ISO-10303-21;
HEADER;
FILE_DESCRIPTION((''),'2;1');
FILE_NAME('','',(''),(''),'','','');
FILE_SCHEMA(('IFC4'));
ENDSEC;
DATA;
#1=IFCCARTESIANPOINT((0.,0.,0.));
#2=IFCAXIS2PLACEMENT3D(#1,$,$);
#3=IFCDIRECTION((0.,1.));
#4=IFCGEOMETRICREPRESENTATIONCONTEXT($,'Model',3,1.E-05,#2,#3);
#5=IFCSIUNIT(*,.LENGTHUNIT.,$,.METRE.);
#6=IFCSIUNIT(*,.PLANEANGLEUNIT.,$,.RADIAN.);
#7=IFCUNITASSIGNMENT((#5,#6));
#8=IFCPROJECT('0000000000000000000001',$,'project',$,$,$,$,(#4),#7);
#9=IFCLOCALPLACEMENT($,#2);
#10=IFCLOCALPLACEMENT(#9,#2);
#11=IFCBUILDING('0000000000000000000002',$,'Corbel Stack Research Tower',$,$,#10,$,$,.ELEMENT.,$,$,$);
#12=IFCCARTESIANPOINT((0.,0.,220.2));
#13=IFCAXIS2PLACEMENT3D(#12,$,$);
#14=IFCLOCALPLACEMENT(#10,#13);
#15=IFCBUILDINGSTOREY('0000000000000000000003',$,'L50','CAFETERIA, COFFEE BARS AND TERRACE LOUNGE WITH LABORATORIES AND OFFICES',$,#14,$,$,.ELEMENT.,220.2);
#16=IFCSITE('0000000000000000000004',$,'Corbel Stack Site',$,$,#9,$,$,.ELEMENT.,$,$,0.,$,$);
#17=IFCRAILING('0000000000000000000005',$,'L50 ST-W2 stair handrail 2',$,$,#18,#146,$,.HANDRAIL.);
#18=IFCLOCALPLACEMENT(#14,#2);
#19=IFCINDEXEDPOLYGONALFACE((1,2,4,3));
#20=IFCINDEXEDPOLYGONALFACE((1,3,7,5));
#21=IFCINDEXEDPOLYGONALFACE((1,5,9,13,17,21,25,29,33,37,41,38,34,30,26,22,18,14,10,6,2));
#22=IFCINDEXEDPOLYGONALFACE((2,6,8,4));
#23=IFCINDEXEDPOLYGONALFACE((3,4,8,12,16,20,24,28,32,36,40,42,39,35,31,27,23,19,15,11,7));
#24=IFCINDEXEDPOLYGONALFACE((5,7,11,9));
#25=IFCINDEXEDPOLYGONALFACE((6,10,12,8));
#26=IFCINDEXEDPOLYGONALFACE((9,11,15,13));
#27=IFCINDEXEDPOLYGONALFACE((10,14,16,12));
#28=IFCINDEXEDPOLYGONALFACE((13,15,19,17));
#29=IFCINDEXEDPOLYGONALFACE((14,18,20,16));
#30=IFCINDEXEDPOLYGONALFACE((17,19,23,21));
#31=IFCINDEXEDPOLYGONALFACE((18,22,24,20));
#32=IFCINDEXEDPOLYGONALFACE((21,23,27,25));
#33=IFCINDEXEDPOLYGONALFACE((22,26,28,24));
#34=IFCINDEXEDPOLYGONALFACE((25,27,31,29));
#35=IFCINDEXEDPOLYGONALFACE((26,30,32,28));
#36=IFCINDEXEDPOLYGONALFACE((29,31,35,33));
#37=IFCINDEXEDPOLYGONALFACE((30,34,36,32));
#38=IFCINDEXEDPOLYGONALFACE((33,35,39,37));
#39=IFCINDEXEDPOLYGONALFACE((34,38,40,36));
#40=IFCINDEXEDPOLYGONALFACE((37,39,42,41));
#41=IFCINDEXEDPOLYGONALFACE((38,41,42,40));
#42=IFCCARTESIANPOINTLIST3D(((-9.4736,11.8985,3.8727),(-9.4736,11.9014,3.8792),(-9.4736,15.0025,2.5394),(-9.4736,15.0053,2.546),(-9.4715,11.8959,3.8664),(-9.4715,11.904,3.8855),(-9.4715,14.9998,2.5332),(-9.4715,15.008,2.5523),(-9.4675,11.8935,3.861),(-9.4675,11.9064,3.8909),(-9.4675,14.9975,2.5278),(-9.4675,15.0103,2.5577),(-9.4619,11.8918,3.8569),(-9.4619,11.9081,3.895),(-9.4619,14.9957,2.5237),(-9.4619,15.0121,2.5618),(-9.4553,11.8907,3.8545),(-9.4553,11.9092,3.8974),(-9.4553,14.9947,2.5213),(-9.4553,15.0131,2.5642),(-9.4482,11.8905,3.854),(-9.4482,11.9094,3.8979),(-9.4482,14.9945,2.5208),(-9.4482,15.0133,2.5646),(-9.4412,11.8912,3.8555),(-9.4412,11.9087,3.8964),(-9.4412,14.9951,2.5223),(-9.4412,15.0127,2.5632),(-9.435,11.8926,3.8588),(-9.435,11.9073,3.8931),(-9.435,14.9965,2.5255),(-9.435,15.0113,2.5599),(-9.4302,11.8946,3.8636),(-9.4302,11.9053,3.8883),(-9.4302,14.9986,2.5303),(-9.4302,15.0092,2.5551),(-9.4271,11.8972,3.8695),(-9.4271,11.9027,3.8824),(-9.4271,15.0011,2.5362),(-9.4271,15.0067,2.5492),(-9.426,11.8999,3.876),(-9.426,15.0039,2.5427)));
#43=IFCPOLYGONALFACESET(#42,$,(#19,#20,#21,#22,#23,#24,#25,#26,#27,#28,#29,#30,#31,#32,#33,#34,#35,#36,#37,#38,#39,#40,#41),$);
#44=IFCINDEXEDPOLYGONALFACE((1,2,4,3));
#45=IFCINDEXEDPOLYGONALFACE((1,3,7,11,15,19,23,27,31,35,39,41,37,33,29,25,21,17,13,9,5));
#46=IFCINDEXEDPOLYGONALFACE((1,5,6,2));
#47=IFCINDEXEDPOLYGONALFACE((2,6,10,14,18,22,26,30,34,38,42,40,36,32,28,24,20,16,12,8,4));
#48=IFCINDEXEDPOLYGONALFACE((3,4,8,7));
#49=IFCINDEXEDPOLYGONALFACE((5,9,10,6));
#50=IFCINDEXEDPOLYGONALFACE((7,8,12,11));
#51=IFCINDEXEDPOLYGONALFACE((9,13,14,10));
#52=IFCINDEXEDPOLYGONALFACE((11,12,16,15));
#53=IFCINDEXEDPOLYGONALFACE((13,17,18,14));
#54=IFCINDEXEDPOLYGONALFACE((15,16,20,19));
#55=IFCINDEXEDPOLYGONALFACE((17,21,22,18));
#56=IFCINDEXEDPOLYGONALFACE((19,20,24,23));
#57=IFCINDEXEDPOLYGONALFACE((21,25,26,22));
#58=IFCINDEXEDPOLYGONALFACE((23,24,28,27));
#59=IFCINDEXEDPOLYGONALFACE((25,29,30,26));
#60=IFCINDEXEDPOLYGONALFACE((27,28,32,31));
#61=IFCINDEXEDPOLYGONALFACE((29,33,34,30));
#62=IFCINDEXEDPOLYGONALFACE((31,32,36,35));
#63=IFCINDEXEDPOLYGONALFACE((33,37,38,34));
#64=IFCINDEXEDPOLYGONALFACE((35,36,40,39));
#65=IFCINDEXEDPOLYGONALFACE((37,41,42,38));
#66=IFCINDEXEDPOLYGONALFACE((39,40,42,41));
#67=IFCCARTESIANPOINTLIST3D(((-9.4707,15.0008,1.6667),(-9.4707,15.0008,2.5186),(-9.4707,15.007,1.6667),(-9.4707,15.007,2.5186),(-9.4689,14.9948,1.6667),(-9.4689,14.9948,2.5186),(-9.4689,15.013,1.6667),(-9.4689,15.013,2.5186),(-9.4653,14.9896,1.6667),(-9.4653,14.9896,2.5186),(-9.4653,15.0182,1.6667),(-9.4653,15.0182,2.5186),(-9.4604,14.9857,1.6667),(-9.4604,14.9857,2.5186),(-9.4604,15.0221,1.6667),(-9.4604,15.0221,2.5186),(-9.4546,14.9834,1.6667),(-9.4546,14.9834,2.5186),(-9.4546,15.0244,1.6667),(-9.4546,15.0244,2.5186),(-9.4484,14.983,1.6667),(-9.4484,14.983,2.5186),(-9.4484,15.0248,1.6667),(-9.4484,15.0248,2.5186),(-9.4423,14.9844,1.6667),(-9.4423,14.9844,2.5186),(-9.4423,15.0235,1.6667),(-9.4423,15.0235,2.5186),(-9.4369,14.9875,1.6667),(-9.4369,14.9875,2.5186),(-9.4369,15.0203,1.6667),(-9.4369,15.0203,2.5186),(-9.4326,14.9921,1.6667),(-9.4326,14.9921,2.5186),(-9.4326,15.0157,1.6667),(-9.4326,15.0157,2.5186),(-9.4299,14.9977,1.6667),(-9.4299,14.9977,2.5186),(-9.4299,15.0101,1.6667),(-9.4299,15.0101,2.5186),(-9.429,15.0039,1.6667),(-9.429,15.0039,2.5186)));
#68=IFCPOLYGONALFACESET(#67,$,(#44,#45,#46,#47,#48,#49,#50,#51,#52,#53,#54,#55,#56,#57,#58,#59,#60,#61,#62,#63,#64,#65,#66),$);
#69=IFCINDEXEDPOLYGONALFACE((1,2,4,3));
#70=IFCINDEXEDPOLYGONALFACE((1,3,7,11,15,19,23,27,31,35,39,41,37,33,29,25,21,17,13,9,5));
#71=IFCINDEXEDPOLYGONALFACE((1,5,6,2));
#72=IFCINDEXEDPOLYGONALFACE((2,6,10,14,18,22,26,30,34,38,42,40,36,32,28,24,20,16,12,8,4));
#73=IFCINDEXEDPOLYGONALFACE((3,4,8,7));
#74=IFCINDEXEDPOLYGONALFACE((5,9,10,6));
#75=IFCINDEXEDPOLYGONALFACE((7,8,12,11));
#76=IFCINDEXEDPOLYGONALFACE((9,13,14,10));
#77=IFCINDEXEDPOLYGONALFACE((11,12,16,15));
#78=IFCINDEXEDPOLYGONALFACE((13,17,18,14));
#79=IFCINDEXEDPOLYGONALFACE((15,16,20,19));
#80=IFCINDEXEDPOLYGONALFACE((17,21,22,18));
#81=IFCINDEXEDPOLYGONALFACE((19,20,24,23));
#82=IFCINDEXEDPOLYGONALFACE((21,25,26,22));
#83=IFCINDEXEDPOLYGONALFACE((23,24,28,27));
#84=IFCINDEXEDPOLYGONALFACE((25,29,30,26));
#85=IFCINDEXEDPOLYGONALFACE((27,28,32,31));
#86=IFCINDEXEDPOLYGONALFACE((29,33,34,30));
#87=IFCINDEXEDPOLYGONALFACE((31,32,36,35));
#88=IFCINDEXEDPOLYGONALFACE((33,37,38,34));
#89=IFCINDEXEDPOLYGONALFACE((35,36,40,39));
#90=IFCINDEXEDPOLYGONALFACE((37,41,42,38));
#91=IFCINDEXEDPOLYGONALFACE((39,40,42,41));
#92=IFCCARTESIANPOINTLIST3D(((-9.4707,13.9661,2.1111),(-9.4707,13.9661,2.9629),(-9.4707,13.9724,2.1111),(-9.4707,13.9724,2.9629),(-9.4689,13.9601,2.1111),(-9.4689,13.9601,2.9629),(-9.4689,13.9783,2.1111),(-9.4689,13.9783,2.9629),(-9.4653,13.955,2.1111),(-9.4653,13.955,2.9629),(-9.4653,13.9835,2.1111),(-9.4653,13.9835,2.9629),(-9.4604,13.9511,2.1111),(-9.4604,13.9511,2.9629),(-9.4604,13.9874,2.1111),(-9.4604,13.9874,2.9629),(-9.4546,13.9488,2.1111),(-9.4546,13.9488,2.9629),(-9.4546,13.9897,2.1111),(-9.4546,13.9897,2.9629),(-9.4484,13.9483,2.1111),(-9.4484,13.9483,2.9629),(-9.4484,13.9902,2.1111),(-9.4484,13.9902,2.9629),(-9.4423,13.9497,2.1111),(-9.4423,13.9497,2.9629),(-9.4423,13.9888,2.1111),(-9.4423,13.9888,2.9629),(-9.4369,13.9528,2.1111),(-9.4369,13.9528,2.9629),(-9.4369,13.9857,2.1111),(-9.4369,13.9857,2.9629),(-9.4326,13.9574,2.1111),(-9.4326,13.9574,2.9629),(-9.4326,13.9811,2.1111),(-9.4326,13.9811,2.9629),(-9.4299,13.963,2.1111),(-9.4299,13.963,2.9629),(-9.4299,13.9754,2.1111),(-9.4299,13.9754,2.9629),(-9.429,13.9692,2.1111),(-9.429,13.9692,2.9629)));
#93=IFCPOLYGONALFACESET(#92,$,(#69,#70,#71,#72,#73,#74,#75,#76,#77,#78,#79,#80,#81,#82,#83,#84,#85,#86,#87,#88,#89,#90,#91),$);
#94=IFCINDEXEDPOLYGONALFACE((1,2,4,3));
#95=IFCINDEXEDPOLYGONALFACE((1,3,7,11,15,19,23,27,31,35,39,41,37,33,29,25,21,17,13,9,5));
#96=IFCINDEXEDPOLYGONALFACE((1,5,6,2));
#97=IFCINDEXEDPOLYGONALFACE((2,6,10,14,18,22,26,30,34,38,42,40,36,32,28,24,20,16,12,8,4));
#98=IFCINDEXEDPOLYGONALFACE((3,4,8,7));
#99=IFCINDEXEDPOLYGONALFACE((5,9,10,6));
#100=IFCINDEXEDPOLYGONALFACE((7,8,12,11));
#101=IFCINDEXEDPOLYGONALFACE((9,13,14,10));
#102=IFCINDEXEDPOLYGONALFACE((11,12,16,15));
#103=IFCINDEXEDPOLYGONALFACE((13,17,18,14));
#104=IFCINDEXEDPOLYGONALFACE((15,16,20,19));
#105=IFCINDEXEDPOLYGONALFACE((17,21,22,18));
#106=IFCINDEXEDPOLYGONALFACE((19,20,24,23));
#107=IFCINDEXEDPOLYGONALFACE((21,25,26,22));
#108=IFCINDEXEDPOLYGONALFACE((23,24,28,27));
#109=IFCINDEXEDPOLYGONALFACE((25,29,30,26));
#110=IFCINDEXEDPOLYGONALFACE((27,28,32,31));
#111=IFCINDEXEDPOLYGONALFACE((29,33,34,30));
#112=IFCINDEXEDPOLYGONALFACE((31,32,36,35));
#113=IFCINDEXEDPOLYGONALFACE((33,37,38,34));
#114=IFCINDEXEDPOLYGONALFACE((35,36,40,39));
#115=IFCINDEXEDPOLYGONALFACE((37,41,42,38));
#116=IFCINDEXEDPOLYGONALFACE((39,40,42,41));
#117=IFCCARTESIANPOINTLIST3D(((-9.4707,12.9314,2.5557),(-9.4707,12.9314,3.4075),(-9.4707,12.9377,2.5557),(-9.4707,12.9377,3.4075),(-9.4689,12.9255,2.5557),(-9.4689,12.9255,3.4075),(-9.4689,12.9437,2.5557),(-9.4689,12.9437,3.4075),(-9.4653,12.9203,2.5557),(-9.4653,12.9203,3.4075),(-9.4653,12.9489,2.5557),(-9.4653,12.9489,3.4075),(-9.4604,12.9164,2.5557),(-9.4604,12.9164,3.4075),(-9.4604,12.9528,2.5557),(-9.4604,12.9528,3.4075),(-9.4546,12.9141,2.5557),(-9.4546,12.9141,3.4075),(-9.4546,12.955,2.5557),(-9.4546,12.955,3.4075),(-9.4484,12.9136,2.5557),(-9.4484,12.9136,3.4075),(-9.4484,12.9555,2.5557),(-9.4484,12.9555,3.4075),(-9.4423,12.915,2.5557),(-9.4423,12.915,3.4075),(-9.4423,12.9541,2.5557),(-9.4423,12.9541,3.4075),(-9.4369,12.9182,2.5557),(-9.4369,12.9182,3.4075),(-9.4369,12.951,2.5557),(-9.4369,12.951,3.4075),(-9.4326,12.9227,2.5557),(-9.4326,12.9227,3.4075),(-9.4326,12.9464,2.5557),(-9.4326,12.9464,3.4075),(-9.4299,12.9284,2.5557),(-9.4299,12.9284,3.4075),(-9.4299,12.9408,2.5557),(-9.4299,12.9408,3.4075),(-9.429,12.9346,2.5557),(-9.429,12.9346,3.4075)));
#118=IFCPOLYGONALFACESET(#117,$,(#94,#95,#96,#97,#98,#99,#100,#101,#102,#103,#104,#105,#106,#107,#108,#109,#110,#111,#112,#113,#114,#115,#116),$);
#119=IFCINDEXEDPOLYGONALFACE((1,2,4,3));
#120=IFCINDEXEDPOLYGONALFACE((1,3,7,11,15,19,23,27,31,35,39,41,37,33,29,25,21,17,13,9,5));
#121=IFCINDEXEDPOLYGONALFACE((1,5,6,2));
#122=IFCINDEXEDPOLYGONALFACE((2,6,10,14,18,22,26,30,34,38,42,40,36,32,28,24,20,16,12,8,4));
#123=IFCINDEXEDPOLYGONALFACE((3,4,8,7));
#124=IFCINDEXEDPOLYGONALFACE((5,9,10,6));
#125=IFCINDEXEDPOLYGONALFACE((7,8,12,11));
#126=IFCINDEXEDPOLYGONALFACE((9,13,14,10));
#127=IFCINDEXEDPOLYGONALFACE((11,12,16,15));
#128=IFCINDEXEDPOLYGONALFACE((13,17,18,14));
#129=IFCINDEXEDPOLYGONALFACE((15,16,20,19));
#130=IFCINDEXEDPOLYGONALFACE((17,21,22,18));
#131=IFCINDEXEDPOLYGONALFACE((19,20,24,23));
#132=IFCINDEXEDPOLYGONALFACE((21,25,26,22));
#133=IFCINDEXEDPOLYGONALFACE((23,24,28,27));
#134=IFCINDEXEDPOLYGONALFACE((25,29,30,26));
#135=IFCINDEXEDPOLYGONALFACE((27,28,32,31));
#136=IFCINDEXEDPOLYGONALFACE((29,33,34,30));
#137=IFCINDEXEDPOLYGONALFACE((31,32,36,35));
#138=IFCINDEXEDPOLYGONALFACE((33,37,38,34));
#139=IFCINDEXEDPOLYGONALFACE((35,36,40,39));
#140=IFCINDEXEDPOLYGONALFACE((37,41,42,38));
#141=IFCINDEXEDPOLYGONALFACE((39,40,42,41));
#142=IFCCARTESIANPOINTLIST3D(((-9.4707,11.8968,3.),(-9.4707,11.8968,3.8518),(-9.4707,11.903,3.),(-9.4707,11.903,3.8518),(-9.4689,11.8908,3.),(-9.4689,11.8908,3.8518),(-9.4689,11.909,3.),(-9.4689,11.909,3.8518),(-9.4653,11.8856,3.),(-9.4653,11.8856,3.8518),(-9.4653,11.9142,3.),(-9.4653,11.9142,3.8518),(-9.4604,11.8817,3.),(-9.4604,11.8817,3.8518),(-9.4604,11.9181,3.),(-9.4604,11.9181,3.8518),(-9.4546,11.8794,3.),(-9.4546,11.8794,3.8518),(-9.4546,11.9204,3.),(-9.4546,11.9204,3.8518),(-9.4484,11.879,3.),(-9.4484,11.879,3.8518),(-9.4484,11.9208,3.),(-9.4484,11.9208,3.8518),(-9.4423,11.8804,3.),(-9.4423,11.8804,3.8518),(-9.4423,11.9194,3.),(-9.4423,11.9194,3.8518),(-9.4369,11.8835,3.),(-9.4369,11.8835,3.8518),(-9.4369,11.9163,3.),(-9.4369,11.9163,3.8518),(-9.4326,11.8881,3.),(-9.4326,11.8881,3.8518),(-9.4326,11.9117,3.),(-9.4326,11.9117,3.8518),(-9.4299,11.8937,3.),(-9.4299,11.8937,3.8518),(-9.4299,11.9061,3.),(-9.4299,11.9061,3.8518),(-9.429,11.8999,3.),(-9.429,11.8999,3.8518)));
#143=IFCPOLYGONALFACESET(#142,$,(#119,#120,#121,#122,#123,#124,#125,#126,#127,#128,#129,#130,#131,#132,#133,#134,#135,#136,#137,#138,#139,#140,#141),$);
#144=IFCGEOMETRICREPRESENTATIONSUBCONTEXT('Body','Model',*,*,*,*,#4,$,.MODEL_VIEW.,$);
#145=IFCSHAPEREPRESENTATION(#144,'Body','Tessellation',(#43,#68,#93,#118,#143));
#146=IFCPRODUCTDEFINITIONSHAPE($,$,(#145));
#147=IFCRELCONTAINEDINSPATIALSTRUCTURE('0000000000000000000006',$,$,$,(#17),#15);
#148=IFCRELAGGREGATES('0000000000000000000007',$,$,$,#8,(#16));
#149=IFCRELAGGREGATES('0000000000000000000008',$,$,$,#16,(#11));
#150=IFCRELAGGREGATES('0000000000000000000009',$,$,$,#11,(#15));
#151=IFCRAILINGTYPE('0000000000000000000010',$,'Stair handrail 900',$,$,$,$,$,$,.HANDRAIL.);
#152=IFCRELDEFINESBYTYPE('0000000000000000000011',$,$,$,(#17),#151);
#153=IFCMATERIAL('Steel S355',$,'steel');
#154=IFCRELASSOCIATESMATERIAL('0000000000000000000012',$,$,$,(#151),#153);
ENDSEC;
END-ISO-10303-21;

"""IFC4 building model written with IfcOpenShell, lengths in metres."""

from ifc_helpers import new_model, si_unit, direction, frame, origin, origin_2d, place, context, subcontext, project, spatial, circle, extrude, material, type_object, element, save


model = new_model("IFC4")

# Units and contexts
model_context = context("Model", 3, precision=1e-05, world=origin(), true_north=direction((0.0, 1.0)))
body_context = subcontext(model_context, "Body", "Model", "MODEL_VIEW")
ifc_project = project(units=[si_unit("LENGTHUNIT", "METRE"), si_unit("PLANEANGLEUNIT", "RADIAN")], contexts=[model_context])

# Site, building, storey
site_placement = place(None, origin())
site = spatial("IfcSite", under=ifc_project, at=site_placement, Name="Corbel Stack Site", CompositionType="ELEMENT", RefElevation=0.0)
building_placement = place(site_placement, origin())
building = spatial("IfcBuilding", under=site, at=building_placement, Name="Corbel Stack Research Tower", CompositionType="ELEMENT")
storey_placement = place(building_placement, frame((0.0, 0.0, 220.2)))
storey = spatial("IfcBuildingStorey", under=building, at=storey_placement, Name="L50", Description="CAFETERIA, COFFEE BARS AND TERRACE LOUNGE WITH LABORATORIES AND OFFICES", CompositionType="ELEMENT", Elevation=220.2)

# Railing
ifc_material_1 = material(Name="Steel S355", Category="steel")
railing_type_1 = type_object("IfcRailingType", Name="Stair handrail 900", PredefinedType="HANDRAIL", material=ifc_material_1)
railing_placement = place(storey_placement, frame((-9.45, 15.0039, 1.6667)))
element("IfcRailing", 1, at=railing_placement, inside=storey, type_object=railing_type_1, Name="L50 ST-W2 stair handrail 2", PredefinedType="HANDRAIL", context=body_context, shape_type="SweptSolid", body=[
    extrude(circle(Radius=0.0239, at=origin_2d()), frame((0.0, 0.0, 0.876), z_axis=(0.0, -0.918827, 0.394661), x_axis=(1.0, 0.0, 0.0)), (0.0, 0.0, 1.0), 3.3782),
    extrude(circle(Radius=0.021, at=origin_2d()), origin(), (0.0, 0.0, 1.0), 0.8518),
    extrude(circle(Radius=0.021, at=origin_2d()), frame((0.0, -1.0347, 0.4443)), (0.0, 0.0, 1.0), 0.8518),
    extrude(circle(Radius=0.021, at=origin_2d()), frame((0.0, -2.0693, 0.8889)), (0.0, 0.0, 1.0), 0.8518),
    extrude(circle(Radius=0.021, at=origin_2d()), frame((0.0, -3.104, 1.3333)), (0.0, 0.0, 1.0), 0.8518),
])

save(model, "model.ifc")
